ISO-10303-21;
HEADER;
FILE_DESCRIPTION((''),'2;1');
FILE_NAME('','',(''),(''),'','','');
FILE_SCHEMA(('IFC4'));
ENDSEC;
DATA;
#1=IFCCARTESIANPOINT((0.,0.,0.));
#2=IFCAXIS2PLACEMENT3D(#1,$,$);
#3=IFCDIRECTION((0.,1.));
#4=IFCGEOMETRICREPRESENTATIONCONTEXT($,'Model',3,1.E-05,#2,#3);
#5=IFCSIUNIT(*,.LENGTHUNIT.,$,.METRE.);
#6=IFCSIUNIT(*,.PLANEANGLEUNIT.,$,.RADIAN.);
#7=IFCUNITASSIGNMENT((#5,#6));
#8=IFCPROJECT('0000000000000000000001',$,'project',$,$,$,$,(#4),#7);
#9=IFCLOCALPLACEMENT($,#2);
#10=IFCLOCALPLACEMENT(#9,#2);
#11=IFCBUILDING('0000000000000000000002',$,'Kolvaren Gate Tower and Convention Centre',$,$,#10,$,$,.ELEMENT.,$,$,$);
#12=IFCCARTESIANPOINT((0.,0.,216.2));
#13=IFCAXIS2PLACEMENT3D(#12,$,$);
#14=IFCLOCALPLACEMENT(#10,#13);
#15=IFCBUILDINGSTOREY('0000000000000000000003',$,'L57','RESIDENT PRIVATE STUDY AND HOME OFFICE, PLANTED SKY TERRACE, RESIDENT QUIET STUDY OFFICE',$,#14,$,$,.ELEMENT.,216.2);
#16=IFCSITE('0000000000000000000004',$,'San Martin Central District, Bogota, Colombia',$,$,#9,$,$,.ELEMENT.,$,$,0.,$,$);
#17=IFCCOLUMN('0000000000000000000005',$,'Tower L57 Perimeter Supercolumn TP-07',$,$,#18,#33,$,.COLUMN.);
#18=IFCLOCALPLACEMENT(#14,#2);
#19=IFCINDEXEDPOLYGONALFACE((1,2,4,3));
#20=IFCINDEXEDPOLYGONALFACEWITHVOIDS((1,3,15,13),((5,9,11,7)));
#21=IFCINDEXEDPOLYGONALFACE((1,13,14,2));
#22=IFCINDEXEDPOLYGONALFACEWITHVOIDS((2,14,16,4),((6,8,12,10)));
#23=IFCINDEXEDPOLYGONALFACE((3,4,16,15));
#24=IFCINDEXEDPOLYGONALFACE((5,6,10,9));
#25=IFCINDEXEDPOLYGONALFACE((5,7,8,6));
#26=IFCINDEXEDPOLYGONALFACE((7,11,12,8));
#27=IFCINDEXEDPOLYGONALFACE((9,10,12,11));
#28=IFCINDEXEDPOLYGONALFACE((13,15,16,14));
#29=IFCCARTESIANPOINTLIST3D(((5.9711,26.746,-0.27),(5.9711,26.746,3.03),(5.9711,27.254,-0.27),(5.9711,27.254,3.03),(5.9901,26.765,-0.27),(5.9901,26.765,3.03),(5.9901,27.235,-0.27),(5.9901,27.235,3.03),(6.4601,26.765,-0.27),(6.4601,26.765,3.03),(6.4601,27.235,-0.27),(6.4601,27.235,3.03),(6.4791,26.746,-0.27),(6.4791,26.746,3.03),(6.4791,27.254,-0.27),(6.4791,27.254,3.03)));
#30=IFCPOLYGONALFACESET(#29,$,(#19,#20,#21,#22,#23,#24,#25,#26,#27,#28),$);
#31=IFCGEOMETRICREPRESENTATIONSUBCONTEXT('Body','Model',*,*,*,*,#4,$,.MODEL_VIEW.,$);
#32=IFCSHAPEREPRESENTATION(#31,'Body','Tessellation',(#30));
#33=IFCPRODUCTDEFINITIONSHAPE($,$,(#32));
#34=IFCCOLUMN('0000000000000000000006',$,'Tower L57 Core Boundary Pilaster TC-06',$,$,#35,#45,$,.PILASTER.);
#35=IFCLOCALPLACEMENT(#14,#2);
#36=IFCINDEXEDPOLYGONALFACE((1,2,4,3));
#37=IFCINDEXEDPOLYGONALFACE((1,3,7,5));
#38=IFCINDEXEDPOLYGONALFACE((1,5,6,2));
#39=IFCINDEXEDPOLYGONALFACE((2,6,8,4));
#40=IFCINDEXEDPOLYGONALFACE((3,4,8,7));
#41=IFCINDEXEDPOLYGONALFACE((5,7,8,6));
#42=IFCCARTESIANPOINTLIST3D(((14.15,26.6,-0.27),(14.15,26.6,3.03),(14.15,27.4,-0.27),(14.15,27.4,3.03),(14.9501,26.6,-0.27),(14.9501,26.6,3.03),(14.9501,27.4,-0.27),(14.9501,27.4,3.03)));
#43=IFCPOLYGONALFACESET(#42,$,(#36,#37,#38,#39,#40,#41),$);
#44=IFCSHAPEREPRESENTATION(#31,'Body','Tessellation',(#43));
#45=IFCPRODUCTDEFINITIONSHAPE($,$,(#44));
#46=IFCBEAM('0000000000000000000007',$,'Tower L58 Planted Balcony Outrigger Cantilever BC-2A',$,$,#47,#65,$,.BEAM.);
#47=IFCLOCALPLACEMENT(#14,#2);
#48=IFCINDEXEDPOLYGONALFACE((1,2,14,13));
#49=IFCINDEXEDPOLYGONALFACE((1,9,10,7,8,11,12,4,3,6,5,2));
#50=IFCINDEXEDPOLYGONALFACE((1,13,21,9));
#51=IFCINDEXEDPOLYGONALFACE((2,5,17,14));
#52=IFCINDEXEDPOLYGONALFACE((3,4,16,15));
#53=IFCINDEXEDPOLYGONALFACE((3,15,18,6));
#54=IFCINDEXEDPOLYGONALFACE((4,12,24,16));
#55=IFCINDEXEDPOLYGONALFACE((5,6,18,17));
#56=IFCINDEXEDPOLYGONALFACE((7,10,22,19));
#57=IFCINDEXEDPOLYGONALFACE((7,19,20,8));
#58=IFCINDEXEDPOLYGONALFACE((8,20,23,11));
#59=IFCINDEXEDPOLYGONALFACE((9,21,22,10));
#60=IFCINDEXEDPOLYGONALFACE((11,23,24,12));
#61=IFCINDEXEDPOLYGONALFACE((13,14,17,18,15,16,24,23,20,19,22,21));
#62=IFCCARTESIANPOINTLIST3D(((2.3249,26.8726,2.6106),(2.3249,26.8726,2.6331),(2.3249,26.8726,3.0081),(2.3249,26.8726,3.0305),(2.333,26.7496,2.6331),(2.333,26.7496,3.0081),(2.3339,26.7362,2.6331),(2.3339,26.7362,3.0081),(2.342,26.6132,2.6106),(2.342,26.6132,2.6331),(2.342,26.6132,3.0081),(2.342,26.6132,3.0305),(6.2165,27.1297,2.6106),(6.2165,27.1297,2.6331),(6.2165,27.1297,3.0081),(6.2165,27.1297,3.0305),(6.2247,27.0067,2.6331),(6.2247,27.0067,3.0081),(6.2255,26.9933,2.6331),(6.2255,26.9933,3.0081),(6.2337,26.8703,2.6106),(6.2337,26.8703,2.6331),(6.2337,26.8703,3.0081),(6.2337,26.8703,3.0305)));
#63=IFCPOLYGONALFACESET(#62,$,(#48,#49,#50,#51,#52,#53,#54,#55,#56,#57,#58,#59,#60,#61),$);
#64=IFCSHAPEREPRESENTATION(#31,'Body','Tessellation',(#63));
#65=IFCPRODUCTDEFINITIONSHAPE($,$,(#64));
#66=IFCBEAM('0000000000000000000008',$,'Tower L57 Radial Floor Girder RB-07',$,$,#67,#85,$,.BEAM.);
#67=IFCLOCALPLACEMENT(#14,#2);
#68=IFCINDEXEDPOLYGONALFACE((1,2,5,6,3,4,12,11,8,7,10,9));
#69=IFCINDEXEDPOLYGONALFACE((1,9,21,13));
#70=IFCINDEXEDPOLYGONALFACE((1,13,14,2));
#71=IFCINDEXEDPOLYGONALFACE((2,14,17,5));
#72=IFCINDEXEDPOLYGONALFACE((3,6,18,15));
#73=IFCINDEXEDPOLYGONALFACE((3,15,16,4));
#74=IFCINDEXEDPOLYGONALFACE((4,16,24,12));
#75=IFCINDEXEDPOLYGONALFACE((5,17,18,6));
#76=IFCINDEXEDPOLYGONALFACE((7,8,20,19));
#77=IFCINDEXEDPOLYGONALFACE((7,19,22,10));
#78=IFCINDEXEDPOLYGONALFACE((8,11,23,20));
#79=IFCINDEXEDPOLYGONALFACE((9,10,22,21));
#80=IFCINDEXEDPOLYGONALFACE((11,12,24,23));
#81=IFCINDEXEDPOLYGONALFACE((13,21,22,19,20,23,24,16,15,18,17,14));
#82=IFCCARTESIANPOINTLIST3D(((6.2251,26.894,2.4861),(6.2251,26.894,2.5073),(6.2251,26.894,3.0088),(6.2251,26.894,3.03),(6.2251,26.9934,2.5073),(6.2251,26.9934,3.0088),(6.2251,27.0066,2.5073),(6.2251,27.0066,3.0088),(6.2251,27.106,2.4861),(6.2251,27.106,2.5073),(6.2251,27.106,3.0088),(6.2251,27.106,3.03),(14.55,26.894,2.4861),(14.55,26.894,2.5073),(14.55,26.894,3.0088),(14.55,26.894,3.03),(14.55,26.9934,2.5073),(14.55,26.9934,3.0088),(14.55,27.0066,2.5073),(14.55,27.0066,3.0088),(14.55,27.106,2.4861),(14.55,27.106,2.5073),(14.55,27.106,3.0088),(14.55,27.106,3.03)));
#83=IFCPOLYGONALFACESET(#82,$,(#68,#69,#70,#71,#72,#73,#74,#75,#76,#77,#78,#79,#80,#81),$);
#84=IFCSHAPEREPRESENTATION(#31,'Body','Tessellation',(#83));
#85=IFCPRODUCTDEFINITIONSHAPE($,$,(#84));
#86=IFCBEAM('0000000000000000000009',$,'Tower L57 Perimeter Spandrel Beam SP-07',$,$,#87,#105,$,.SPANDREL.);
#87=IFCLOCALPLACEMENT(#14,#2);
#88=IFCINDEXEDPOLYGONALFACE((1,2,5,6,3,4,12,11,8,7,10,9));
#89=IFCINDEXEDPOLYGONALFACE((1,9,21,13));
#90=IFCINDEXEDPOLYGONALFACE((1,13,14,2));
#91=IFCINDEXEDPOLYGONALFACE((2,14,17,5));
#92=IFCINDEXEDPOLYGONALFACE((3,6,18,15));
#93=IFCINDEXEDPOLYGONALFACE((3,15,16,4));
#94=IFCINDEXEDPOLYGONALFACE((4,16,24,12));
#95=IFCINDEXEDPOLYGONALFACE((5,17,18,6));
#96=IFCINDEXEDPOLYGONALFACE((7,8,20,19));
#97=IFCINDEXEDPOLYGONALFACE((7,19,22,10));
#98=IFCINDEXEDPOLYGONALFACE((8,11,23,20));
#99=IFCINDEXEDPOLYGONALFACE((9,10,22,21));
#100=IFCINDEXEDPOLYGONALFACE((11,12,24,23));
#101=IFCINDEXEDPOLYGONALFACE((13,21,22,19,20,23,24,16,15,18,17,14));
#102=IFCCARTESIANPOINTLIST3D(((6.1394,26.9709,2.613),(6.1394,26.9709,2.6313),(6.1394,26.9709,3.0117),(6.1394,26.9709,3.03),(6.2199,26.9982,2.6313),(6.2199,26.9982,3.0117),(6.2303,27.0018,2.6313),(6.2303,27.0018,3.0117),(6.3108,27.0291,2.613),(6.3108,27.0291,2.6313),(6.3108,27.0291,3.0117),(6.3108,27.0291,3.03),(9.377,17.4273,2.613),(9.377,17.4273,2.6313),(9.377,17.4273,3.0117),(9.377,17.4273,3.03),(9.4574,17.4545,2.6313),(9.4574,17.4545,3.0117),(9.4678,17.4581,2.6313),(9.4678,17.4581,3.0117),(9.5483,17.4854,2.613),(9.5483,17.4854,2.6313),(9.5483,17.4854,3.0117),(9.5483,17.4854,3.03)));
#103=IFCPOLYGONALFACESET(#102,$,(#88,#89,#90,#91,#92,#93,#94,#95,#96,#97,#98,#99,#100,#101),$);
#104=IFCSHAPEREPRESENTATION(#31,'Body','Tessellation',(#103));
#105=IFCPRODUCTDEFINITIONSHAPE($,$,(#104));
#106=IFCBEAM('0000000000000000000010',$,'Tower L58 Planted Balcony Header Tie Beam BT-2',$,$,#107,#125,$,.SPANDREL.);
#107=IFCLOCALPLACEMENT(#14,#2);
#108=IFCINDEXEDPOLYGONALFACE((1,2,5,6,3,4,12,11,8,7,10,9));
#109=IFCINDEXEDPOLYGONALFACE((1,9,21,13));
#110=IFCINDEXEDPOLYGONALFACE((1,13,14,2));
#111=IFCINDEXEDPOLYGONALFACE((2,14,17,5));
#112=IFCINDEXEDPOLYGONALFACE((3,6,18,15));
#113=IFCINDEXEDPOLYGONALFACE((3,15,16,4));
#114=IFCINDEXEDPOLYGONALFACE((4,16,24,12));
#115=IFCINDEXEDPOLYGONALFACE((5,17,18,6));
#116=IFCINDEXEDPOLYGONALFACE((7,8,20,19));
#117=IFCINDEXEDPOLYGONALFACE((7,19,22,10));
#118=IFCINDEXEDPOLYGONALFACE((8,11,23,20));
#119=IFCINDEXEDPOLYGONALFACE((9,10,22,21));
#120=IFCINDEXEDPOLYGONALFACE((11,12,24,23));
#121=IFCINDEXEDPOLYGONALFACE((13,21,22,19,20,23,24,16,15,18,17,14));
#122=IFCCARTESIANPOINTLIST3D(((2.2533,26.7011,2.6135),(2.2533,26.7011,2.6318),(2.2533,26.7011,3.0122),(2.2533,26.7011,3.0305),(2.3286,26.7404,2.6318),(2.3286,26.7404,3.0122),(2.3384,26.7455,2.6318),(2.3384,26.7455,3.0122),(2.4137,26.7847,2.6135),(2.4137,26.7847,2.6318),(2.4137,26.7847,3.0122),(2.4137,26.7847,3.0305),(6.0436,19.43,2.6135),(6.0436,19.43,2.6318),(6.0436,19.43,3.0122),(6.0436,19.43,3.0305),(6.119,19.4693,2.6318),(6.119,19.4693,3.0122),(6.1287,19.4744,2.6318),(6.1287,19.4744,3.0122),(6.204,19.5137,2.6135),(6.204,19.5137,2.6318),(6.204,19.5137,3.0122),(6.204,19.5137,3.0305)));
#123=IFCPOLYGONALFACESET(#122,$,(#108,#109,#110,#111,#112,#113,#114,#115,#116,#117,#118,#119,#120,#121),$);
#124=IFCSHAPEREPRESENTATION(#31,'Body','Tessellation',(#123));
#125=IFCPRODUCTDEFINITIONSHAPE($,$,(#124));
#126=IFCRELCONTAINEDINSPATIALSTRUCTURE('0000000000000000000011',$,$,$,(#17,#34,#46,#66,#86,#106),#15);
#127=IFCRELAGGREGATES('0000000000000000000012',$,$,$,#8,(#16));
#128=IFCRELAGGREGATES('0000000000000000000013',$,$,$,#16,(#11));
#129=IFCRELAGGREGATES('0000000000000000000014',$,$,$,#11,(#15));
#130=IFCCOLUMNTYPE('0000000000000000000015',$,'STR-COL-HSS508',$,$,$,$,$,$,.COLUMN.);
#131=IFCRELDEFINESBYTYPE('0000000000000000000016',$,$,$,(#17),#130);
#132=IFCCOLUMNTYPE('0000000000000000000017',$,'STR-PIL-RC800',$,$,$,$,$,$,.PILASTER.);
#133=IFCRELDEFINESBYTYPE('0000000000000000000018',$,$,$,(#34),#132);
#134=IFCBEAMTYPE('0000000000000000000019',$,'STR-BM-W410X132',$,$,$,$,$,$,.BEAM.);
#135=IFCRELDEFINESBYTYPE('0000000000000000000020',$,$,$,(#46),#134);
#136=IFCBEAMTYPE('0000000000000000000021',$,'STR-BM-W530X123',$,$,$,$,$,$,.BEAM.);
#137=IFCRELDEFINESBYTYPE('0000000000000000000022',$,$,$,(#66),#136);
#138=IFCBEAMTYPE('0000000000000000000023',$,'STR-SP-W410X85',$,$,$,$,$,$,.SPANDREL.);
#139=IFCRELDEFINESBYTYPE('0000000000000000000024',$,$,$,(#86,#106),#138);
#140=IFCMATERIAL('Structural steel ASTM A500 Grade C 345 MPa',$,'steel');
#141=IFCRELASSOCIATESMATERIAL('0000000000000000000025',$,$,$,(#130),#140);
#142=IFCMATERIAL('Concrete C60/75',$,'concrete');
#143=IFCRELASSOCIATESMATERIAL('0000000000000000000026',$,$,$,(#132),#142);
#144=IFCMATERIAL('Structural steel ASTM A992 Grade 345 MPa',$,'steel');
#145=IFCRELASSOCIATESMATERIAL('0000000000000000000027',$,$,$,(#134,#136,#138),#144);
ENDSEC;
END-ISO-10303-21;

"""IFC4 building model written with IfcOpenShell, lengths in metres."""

from ifc_helpers import new_model, si_unit, direction, frame, origin, origin_2d, place, context, subcontext, project, spatial, rectangle, hollow_rectangle, i_section, extrude, material, material_profile, profile_set, type_object, element, save


model = new_model("IFC4")

# Units and contexts
model_context = context("Model", 3, precision=1e-05, world=origin(), true_north=direction((0.0, 1.0)))
body_context = subcontext(model_context, "Body", "Model", "MODEL_VIEW")
ifc_project = project(units=[si_unit("LENGTHUNIT", "METRE"), si_unit("PLANEANGLEUNIT", "RADIAN")], contexts=[model_context])

# Site, building, storey
site_placement = place(None, origin())
site = spatial("IfcSite", under=ifc_project, at=site_placement, Name="San Martin Central District, Bogota, Colombia", CompositionType="ELEMENT", RefElevation=0.0)
building_placement = place(site_placement, origin())
building = spatial("IfcBuilding", under=site, at=building_placement, Name="Kolvaren Gate Tower and Convention Centre", CompositionType="ELEMENT")
storey_placement = place(building_placement, frame((0.0, 0.0, 216.2)))
storey = spatial("IfcBuildingStorey", under=building, at=storey_placement, Name="L57", Description="RESIDENT PRIVATE STUDY AND HOME OFFICE, PLANTED SKY TERRACE, RESIDENT QUIET STUDY OFFICE", CompositionType="ELEMENT", Elevation=216.2)

# Columns
ifc_material_1 = material(Name="Structural steel ASTM A500 Grade C 345 MPa", Category="steel")
ifc_material_profile_1 = material_profile(ifc_material_1, hollow_rectangle(XDim=0.5081, YDim=0.5081, WallThickness=0.019, at=origin_2d()), Name="HSS508X508X19.1")
ifc_profile_set_1 = profile_set([ifc_material_profile_1], Name="Structural steel ASTM A500 Grade C 345 MPa")
column_type_1 = type_object("IfcColumnType", Name="STR-COL-HSS508", PredefinedType="COLUMN", material=ifc_profile_set_1)
column_1_placement = place(storey_placement, frame((6.2251, 27.0, -0.27), z_axis=(0.0, 0.0, 1.0), x_axis=(1.0, 0.0, 0.0)))
element("IfcColumn", 1, at=column_1_placement, inside=storey, type_object=column_type_1, Name="Tower L57 Perimeter Supercolumn TP-07", PredefinedType="COLUMN", context=body_context, shape_type="SweptSolid", body=[
    extrude(hollow_rectangle(XDim=0.5081, YDim=0.5081, WallThickness=0.019, at=origin_2d()), origin(), (0.0, 0.0, 1.0), 3.3),
])
ifc_material_2 = material(Name="Concrete C60/75", Category="concrete")
ifc_material_profile_2 = material_profile(ifc_material_2, rectangle(XDim=0.8, YDim=0.8, at=origin_2d()), Name="RC-COL-800X800")
ifc_profile_set_2 = profile_set([ifc_material_profile_2], Name="Concrete C60/75")
column_type_2 = type_object("IfcColumnType", Name="STR-PIL-RC800", PredefinedType="PILASTER", material=ifc_profile_set_2)
column_2_placement = place(storey_placement, frame((14.55, 27.0, -0.27), z_axis=(0.0, 0.0, 1.0), x_axis=(1.0, 0.0, 0.0)))
element("IfcColumn", 2, at=column_2_placement, inside=storey, type_object=column_type_2, Name="Tower L57 Core Boundary Pilaster TC-06", PredefinedType="PILASTER", context=body_context, shape_type="SweptSolid", body=[
    extrude(rectangle(XDim=0.8, YDim=0.8, at=origin_2d()), origin(), (0.0, 0.0, 1.0), 3.3),
])

# Beams
ifc_material_3 = material(Name="Structural steel ASTM A992 Grade 345 MPa", Category="steel")
ifc_material_profile_3 = material_profile(ifc_material_3, i_section(OverallWidth=0.26, OverallDepth=0.4199, WebThickness=0.0134, FlangeThickness=0.0225, at=origin_2d()), Name="W410X132")
ifc_profile_set_3 = profile_set([ifc_material_profile_3], Name="Structural steel ASTM A992 Grade 345 MPa")
beam_type_1 = type_object("IfcBeamType", Name="STR-BM-W410X132", PredefinedType="BEAM", material=ifc_profile_set_3)
beam_1_placement = place(storey_placement, frame((6.2251, 27.0, 2.8206), z_axis=(-0.997825, -0.065917, 0.0), x_axis=(0.065917, -0.997825, 0.0)))
element("IfcBeam", 3, at=beam_1_placement, inside=storey, type_object=beam_type_1, Name="Tower L58 Planted Balcony Outrigger Cantilever BC-2A", PredefinedType="BEAM", context=body_context, shape_type="SweptSolid", body=[
    extrude(i_section(OverallWidth=0.26, OverallDepth=0.4199, WebThickness=0.0134, FlangeThickness=0.0225, at=origin_2d()), origin(), (0.0, 0.0, 1.0), 3.9001),
])
ifc_material_profile_4 = material_profile(ifc_material_3, i_section(OverallWidth=0.2119, OverallDepth=0.5439, WebThickness=0.0132, FlangeThickness=0.0212, at=origin_2d()), Name="W530X123")
ifc_profile_set_4 = profile_set([ifc_material_profile_4], Name="Structural steel ASTM A992 Grade 345 MPa")
beam_type_2 = type_object("IfcBeamType", Name="STR-BM-W530X123", PredefinedType="BEAM", material=ifc_profile_set_4)
beam_2_placement = place(storey_placement, frame((14.55, 27.0, 2.7581), z_axis=(-1.0, 0.0, 0.0), x_axis=(0.0, -1.0, 0.0)))
element("IfcBeam", 4, at=beam_2_placement, inside=storey, type_object=beam_type_2, Name="Tower L57 Radial Floor Girder RB-07", PredefinedType="BEAM", context=body_context, shape_type="SweptSolid", body=[
    extrude(i_section(OverallWidth=0.2119, OverallDepth=0.5439, WebThickness=0.0132, FlangeThickness=0.0212, at=origin_2d()), origin(), (0.0, 0.0, 1.0), 8.325),
])
ifc_material_profile_5 = material_profile(ifc_material_3, i_section(OverallWidth=0.1809, OverallDepth=0.417, WebThickness=0.011, FlangeThickness=0.0183, at=origin_2d()), Name="W410X85")
ifc_profile_set_5 = profile_set([ifc_material_profile_5], Name="Structural steel ASTM A992 Grade 345 MPa")
beam_type_3 = type_object("IfcBeamType", Name="STR-SP-W410X85", PredefinedType="SPANDREL", material=ifc_profile_set_5)
beam_3_placement = place(storey_placement, frame((6.2251, 27.0, 2.8215), z_axis=(0.321253, -0.946994, 0.0), x_axis=(0.946994, 0.321253, 0.0)))
element("IfcBeam", 5, at=beam_3_placement, inside=storey, type_object=beam_type_3, Name="Tower L57 Perimeter Spandrel Beam SP-07", PredefinedType="SPANDREL", context=body_context, shape_type="SweptSolid", body=[
    extrude(i_section(OverallWidth=0.1809, OverallDepth=0.417, WebThickness=0.011, FlangeThickness=0.0183, at=origin_2d()), origin(), (0.0, 0.0, 1.0), 10.0779),
])
beam_4_placement = place(storey_placement, frame((2.3335, 26.7429, 2.822), z_axis=(0.462252, -0.886749, 0.0), x_axis=(0.886749, 0.462252, 0.0)))
element("IfcBeam", 6, at=beam_4_placement, inside=storey, type_object=beam_type_3, Name="Tower L58 Planted Balcony Header Tie Beam BT-2", PredefinedType="SPANDREL", context=body_context, shape_type="SweptSolid", body=[
    extrude(i_section(OverallWidth=0.1809, OverallDepth=0.417, WebThickness=0.011, FlangeThickness=0.0183, at=origin_2d()), origin(), (0.0, 0.0, 1.0), 8.1997),
])

save(model, "model.ifc")
